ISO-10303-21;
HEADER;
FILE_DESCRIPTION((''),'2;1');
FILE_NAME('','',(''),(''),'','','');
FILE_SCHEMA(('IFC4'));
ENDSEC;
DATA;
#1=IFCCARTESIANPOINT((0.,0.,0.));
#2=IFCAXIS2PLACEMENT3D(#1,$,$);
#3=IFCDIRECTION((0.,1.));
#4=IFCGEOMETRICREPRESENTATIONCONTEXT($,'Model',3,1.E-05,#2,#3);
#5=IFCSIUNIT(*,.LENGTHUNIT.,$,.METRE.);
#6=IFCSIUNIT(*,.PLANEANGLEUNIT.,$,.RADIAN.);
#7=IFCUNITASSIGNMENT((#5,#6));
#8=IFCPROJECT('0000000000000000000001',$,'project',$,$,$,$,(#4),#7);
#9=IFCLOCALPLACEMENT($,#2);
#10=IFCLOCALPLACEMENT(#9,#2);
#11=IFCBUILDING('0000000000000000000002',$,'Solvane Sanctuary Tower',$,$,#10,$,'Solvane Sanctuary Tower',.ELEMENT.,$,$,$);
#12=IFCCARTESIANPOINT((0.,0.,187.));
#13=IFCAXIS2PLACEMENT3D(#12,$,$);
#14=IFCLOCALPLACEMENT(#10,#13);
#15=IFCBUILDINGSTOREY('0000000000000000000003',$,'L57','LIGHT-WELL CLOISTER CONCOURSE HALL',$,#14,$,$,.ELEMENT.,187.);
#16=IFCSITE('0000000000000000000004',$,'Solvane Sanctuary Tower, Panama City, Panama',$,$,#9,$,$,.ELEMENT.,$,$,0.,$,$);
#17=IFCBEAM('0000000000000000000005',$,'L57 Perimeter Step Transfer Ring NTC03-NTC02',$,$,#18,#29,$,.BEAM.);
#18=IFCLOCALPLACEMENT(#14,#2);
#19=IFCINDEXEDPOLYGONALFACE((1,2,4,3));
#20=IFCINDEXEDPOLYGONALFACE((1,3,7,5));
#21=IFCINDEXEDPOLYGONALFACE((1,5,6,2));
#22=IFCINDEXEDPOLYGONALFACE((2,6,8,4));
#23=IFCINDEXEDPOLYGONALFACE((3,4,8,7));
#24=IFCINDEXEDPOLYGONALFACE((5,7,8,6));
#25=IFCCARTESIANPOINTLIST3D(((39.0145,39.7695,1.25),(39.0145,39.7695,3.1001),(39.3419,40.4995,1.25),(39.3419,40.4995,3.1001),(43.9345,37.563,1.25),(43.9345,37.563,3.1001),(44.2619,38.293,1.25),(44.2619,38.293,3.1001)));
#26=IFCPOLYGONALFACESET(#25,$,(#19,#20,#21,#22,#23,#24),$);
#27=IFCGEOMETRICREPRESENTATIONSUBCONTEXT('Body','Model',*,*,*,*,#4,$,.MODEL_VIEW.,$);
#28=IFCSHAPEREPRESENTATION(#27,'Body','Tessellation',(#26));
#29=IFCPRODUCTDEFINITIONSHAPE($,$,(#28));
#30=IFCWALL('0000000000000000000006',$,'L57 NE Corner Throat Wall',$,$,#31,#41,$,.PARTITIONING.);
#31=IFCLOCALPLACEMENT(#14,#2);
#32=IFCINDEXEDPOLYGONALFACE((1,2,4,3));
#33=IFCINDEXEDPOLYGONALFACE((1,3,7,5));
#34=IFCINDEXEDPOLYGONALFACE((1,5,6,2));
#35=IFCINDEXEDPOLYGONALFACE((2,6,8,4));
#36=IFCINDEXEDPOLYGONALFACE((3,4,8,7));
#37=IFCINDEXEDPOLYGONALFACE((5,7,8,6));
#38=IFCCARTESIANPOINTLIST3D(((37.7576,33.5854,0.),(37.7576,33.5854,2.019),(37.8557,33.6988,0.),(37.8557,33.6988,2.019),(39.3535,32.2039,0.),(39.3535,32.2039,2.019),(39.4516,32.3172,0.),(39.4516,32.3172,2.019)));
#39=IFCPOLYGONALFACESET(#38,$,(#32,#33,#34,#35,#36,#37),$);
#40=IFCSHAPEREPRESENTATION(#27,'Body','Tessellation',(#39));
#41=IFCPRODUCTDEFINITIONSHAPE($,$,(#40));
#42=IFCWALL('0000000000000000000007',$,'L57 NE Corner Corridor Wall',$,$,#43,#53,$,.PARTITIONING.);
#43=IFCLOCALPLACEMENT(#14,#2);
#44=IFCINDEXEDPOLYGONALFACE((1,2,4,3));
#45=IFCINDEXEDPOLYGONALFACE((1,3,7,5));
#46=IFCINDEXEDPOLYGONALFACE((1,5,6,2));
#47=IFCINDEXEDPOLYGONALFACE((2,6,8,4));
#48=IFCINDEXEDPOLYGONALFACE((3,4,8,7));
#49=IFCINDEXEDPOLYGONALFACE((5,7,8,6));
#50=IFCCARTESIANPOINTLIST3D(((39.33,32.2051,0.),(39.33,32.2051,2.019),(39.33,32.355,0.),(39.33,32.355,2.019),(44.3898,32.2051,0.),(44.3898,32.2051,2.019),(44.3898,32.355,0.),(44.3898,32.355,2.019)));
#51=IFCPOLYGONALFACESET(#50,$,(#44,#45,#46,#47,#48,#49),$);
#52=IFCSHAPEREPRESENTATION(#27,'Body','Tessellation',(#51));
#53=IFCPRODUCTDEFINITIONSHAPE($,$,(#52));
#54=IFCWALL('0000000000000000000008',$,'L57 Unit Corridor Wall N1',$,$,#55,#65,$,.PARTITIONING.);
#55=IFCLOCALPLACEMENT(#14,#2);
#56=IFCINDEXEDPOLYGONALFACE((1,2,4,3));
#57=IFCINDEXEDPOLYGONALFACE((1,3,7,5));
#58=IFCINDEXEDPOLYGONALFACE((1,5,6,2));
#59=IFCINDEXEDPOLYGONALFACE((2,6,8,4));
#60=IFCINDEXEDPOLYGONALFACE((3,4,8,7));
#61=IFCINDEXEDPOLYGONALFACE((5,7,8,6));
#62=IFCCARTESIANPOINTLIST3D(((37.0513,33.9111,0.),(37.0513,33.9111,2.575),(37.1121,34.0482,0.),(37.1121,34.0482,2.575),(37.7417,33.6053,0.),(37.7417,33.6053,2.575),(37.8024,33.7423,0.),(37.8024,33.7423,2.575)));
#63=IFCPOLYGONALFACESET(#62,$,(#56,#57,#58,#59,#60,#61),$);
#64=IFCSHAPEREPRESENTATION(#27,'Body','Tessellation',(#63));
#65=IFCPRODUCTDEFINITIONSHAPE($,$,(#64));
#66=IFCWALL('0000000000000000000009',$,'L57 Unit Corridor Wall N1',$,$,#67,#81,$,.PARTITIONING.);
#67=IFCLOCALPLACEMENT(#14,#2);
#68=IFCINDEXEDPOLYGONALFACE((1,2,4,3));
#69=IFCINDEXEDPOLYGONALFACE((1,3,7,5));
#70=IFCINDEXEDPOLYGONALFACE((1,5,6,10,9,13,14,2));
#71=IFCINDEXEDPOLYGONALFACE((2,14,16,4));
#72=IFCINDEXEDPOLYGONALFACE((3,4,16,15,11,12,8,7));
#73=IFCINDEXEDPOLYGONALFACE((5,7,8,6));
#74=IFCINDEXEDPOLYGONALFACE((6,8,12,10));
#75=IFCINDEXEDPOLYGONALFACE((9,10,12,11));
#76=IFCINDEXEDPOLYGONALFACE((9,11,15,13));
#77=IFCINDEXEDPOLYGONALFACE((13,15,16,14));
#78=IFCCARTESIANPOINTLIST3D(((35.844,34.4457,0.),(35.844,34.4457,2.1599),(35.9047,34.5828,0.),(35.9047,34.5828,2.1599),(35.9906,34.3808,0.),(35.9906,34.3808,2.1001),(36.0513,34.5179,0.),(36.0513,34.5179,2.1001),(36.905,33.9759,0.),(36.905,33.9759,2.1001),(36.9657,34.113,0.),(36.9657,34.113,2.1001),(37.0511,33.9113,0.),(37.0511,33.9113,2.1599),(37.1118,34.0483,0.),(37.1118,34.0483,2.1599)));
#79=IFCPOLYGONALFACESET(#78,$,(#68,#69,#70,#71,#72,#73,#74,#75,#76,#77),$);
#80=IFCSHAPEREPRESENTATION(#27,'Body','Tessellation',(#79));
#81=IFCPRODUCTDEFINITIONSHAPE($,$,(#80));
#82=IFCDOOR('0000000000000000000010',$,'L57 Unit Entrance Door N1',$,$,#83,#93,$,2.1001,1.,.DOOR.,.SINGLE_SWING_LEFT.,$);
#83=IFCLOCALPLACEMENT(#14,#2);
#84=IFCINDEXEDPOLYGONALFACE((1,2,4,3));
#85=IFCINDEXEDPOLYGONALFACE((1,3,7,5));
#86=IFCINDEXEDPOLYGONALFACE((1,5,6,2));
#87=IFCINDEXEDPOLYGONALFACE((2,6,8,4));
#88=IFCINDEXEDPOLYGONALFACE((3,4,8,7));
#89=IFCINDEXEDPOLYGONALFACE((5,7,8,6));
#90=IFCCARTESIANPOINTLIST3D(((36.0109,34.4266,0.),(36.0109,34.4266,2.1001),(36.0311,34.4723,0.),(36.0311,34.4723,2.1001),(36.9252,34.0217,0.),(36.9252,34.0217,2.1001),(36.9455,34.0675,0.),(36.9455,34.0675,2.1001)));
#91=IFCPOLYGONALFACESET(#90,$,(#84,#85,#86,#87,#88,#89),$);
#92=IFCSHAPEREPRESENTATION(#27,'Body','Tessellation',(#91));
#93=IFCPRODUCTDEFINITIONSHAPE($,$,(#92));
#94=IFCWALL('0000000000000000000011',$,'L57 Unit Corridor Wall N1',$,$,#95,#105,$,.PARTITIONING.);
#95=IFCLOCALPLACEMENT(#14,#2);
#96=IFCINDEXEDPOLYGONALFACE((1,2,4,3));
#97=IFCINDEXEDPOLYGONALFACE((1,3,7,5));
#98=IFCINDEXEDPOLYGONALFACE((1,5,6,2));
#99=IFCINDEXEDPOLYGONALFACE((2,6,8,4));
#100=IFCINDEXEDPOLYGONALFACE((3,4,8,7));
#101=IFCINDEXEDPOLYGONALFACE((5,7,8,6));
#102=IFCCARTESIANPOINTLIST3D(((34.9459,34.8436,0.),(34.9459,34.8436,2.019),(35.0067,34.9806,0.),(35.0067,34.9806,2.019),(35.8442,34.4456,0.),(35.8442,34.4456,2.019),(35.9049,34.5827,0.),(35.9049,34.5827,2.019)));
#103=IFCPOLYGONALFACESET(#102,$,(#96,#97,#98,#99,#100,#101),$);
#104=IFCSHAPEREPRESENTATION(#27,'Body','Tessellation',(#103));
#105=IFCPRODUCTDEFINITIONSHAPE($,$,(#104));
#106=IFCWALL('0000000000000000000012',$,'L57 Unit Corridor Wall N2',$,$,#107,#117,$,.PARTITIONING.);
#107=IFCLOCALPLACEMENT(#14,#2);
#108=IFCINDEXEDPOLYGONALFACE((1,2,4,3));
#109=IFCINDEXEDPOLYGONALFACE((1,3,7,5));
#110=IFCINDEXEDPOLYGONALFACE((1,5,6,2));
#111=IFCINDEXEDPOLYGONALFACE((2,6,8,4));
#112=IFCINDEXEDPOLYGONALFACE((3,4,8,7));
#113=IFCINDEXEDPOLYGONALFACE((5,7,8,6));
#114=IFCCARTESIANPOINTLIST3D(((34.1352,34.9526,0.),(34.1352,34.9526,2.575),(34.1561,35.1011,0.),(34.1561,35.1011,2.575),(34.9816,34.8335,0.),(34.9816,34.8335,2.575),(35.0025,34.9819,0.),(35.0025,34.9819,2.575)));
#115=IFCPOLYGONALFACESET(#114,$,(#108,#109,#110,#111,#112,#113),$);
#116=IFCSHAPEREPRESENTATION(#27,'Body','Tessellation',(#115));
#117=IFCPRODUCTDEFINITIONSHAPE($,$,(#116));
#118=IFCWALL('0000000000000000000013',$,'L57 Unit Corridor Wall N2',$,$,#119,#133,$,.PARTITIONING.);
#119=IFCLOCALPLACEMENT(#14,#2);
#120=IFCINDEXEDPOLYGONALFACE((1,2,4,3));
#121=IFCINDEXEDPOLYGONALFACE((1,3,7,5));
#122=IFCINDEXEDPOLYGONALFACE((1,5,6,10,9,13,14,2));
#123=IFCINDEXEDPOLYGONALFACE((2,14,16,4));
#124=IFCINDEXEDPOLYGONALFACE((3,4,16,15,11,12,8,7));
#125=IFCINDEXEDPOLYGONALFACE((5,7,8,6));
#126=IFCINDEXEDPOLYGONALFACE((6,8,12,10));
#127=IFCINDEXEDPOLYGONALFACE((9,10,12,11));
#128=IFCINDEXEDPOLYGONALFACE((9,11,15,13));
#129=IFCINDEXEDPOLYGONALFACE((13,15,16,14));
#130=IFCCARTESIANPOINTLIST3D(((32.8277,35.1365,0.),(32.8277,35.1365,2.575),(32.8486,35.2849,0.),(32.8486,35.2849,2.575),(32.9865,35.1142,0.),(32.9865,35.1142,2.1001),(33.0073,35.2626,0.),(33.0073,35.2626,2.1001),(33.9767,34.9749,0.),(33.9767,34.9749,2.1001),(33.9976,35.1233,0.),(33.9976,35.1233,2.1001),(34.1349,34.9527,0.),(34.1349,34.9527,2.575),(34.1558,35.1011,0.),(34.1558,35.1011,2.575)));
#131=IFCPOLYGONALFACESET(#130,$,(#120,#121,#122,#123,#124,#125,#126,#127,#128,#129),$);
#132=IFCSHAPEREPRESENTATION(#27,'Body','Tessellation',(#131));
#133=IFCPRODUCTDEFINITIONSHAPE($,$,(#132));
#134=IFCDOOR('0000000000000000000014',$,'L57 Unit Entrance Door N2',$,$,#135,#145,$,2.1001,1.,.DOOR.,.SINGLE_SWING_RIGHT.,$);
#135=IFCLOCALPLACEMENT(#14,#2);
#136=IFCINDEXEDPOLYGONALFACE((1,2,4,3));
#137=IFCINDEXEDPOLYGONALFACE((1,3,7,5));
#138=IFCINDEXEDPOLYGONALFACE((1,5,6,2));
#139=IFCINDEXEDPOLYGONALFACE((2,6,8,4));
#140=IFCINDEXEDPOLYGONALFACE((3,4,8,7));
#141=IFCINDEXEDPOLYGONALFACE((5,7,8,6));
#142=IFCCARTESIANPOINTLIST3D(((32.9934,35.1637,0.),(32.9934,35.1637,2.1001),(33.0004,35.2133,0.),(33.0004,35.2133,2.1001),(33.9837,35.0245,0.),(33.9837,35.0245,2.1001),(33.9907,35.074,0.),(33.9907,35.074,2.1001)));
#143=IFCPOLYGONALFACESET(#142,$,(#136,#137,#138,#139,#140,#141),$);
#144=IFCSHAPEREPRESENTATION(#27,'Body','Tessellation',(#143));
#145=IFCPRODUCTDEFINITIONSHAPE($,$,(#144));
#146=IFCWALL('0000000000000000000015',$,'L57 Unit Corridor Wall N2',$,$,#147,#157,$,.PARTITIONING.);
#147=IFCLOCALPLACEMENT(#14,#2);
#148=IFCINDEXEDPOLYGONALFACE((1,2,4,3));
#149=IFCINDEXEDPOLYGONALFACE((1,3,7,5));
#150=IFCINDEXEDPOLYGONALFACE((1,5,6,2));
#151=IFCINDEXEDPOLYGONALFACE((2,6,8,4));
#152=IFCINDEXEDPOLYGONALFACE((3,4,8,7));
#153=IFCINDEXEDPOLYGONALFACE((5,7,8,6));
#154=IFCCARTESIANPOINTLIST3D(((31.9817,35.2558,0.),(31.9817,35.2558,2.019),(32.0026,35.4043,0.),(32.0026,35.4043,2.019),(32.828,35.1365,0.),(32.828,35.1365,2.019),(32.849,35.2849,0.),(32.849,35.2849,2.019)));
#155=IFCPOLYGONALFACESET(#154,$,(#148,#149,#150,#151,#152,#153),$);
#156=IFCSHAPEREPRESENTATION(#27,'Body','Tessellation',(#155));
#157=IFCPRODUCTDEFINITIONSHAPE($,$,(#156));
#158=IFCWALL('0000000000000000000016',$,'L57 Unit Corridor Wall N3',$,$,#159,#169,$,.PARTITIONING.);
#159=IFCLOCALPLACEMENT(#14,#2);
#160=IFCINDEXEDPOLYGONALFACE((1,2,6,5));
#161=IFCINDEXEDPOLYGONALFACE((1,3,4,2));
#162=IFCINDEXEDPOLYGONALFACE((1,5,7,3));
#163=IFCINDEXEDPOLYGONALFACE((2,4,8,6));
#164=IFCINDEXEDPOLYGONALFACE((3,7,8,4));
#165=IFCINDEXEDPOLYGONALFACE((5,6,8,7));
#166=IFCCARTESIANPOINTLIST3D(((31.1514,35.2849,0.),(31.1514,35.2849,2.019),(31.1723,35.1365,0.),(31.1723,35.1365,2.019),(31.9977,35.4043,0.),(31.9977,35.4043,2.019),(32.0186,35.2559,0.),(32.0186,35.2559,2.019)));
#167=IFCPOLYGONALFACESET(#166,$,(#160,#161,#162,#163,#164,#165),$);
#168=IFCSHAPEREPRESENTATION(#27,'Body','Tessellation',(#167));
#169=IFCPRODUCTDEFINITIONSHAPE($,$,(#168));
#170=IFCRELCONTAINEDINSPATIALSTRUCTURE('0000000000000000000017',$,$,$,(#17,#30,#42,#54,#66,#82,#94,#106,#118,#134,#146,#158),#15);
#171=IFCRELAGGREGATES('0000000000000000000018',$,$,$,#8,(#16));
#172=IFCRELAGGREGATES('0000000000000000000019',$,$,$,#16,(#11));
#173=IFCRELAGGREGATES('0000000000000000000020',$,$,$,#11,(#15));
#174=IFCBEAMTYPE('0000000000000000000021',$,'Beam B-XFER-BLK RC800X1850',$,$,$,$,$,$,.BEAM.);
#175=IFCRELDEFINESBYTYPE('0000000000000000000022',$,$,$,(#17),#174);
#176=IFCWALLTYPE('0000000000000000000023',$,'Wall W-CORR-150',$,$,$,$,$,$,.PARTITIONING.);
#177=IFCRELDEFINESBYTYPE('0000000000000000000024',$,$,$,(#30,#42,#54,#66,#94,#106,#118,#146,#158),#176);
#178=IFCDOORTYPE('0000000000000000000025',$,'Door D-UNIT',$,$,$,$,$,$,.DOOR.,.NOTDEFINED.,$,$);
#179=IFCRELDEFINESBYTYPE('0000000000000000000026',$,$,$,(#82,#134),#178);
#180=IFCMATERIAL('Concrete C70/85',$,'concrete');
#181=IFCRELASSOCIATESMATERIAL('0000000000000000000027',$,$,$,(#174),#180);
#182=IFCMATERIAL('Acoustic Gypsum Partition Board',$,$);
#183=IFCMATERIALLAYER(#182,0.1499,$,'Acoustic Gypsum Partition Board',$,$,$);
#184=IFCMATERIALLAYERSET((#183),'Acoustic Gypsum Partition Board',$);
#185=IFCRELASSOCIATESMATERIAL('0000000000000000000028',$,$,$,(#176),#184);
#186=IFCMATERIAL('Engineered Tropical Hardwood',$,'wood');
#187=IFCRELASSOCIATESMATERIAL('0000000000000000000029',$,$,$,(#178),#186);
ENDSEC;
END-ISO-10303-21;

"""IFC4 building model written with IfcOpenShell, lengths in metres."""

from ifc_helpers import new_model, si_unit, direction, frame, frame_2d, origin, origin_2d, place, context, subcontext, project, spatial, rectangle, extrude, material, layer, layer_set, material_profile, profile_set, type_object, element, fill, save


model = new_model("IFC4")

# Units and contexts
model_context = context("Model", 3, precision=1e-05, world=origin(), true_north=direction((0.0, 1.0)))
body_context = subcontext(model_context, "Body", "Model", "MODEL_VIEW")
ifc_project = project(units=[si_unit("LENGTHUNIT", "METRE"), si_unit("PLANEANGLEUNIT", "RADIAN")], contexts=[model_context])

# Site, building, storey
site_placement = place(None, origin())
site = spatial("IfcSite", under=ifc_project, at=site_placement, Name="Solvane Sanctuary Tower, Panama City, Panama", CompositionType="ELEMENT", RefElevation=0.0)
building_placement = place(site_placement, origin())
building = spatial("IfcBuilding", under=site, at=building_placement, Name="Solvane Sanctuary Tower", LongName="Solvane Sanctuary Tower", CompositionType="ELEMENT")
storey_placement = place(building_placement, frame((0.0, 0.0, 187.0)))
storey = spatial("IfcBuildingStorey", under=building, at=storey_placement, Name="L57", Description="LIGHT-WELL CLOISTER CONCOURSE HALL", CompositionType="ELEMENT", Elevation=187.0)

# Beam
ifc_material_1 = material(Name="Concrete C70/85", Category="concrete")
ifc_material_profile_1 = material_profile(ifc_material_1, rectangle(XDim=0.8, YDim=1.8501, at=origin_2d()), Name="RC800X1850")
ifc_profile_set_1 = profile_set([ifc_material_profile_1], Name="Concrete C70/85")
beam_type_1 = type_object("IfcBeamType", Name="Beam B-XFER-BLK RC800X1850", PredefinedType="BEAM", material=ifc_profile_set_1)
beam_1_placement = place(storey_placement, frame((39.1782, 40.1345, 2.175), z_axis=(0.912436, -0.40922, 0.0), x_axis=(0.40922, 0.912436, 0.0)))
element("IfcBeam", 1, at=beam_1_placement, inside=storey, type_object=beam_type_1, Name="L57 Perimeter Step Transfer Ring NTC03-NTC02", PredefinedType="BEAM", context=body_context, shape_type="SweptSolid", body=[
    extrude(rectangle(XDim=0.8, YDim=1.8501, at=origin_2d()), origin(), (0.0, 0.0, 1.0), 5.3921),
])

# Walls
ifc_material_2 = material(Name="Acoustic Gypsum Partition Board")
ifc_layer_1 = layer(ifc_material_2, 0.1499, Name="Acoustic Gypsum Partition Board")
ifc_layer_set_1 = layer_set([ifc_layer_1], Name="Acoustic Gypsum Partition Board")
wall_type_1 = type_object("IfcWallType", Name="Wall W-CORR-150", PredefinedType="PARTITIONING", material=ifc_layer_set_1)
wall_1_placement = place(storey_placement, frame((37.8066, 33.6421, 0.0), z_axis=(0.0, 0.0, 1.0), x_axis=(0.756055, -0.654508, 0.0)))
element("IfcWall", 2, at=wall_1_placement, inside=storey, type_object=wall_type_1, Name="L57 NE Corner Throat Wall", PredefinedType="PARTITIONING", context=body_context, shape_type="SweptSolid", body=[
    extrude(rectangle(XDim=2.1108, YDim=0.1499, at=frame_2d((1.0554, 0.0))), origin(), (0.0, 0.0, 1.0), 2.019),
])
wall_2_placement = place(storey_placement, frame((39.3301, 32.28, 0.0), z_axis=(0.0, 0.0, 1.0), x_axis=(1.0, 0.0, 0.0)))
element("IfcWall", 3, at=wall_2_placement, inside=storey, type_object=wall_type_1, Name="L57 NE Corner Corridor Wall", PredefinedType="PARTITIONING", context=body_context, shape_type="SweptSolid", body=[
    extrude(rectangle(XDim=5.0598, YDim=0.1499, at=frame_2d((2.5298, 0.0))), origin(), (0.0, 0.0, 1.0), 2.019),
])
wall_3_placement = place(storey_placement, frame((37.772, 33.6738, 0.0), z_axis=(0.0, 0.0, 1.0), x_axis=(-0.914278, 0.405088, 0.0)))
element("IfcWall", 4, at=wall_3_placement, inside=storey, type_object=wall_type_1, Name="L57 Unit Corridor Wall N1", PredefinedType="PARTITIONING", context=body_context, shape_type="SweptSolid", body=[
    extrude(rectangle(XDim=0.7551, YDim=0.1499, at=frame_2d((0.3774, 0.0))), origin(), (0.0, 0.0, 1.0), 2.575),
])

# Wall, opening, door
wall_4_placement = place(storey_placement, frame((37.0815, 33.9797, 0.0), z_axis=(0.0, 0.0, 1.0), x_axis=(-0.914383, 0.404851, 0.0)))
wall_4 = element("IfcWall", 5, at=wall_4_placement, inside=storey, type_object=wall_type_1, Name="L57 Unit Corridor Wall N1", PredefinedType="PARTITIONING", context=body_context, shape_type="SweptSolid", body=[
    extrude(rectangle(XDim=1.3201, YDim=0.1499, at=frame_2d((0.6602, 0.0))), origin(), (0.0, 0.0, 1.0), 2.1599),
])
opening_1_placement = place(wall_4_placement, frame((0.1599, 0.0, 0.0)))
opening_1 = element("IfcOpeningElement", 6, at=opening_1_placement, cuts=wall_4, PredefinedType="OPENING", context=body_context, shape_type="SweptSolid", body=[
    extrude(rectangle(XDim=1.0, YDim=2.1001, at=frame_2d((0.5, 1.05))), frame((0.0, 0.085, 0.0), z_axis=(0.0, -1.0, 0.0), x_axis=(1.0, 0.0, 0.0)), (0.0, 0.0, 1.0), 0.1699),
])
ifc_material_3 = material(Name="Engineered Tropical Hardwood", Category="wood")
door_type = type_object("IfcDoorType", Name="Door D-UNIT", OperationType="NOTDEFINED", PredefinedType="DOOR", material=ifc_material_3)
door_1_placement = place(opening_1_placement, origin())
door_1 = element("IfcDoor", 7, at=door_1_placement, inside=storey, type_object=door_type, Name="L57 Unit Entrance Door N1", OperationType="SINGLE_SWING_LEFT", OverallHeight=2.1001, OverallWidth=1.0, PredefinedType="DOOR", context=body_context, shape_type="SweptSolid", body=[
    extrude(rectangle(XDim=1.0, YDim=2.1001, at=frame_2d((0.5, 1.05))), frame((0.0, 0.0249, 0.0), z_axis=(0.0, -1.0, 0.0), x_axis=(1.0, 0.0, 0.0)), (0.0, 0.0, 1.0), 0.05),
])
fill(opening_1, door_1)

# Walls
wall_5_placement = place(storey_placement, frame((35.8745, 34.5142, 0.0), z_axis=(0.0, 0.0, 1.0), x_axis=(-0.914282, 0.405078, 0.0)))
element("IfcWall", 8, at=wall_5_placement, inside=storey, type_object=wall_type_1, Name="L57 Unit Corridor Wall N1", PredefinedType="PARTITIONING", context=body_context, shape_type="SweptSolid", body=[
    extrude(rectangle(XDim=0.9824, YDim=0.1499, at=frame_2d((0.4912, 0.0))), origin(), (0.0, 0.0, 1.0), 2.019),
])
wall_6_placement = place(storey_placement, frame((34.9919, 34.9077, 0.0), z_axis=(0.0, 0.0, 1.0), x_axis=(-0.990239, 0.139382, 0.0)))
element("IfcWall", 9, at=wall_6_placement, inside=storey, type_object=wall_type_1, Name="L57 Unit Corridor Wall N2", PredefinedType="PARTITIONING", context=body_context, shape_type="SweptSolid", body=[
    extrude(rectangle(XDim=0.8547, YDim=0.1499, at=frame_2d((0.4272, 0.0))), origin(), (0.0, 0.0, 1.0), 2.575),
])

# Wall, opening, door
wall_7_placement = place(storey_placement, frame((34.1455, 35.0269, 0.0), z_axis=(0.0, 0.0, 1.0), x_axis=(-0.990254, 0.139272, 0.0)))
wall_7 = element("IfcWall", 10, at=wall_7_placement, inside=storey, type_object=wall_type_1, Name="L57 Unit Corridor Wall N2", PredefinedType="PARTITIONING", context=body_context, shape_type="SweptSolid", body=[
    extrude(rectangle(XDim=1.3201, YDim=0.1499, at=frame_2d((0.6602, 0.0))), origin(), (0.0, 0.0, 1.0), 2.575),
])
opening_2_placement = place(wall_7_placement, frame((0.1599, 0.0, 0.0)))
opening_2 = element("IfcOpeningElement", 11, at=opening_2_placement, cuts=wall_7, PredefinedType="OPENING", context=body_context, shape_type="SweptSolid", body=[
    extrude(rectangle(XDim=1.0, YDim=2.1001, at=frame_2d((0.5, 1.05))), frame((0.0, 0.085, 0.0), z_axis=(0.0, -1.0, 0.0), x_axis=(1.0, 0.0, 0.0)), (0.0, 0.0, 1.0), 0.1699),
])
door_2_placement = place(opening_2_placement, origin())
door_2 = element("IfcDoor", 12, at=door_2_placement, inside=storey, type_object=door_type, Name="L57 Unit Entrance Door N2", OperationType="SINGLE_SWING_RIGHT", OverallHeight=2.1001, OverallWidth=1.0, PredefinedType="DOOR", context=body_context, shape_type="SweptSolid", body=[
    extrude(rectangle(XDim=1.0, YDim=2.1001, at=frame_2d((0.5, 1.05))), frame((0.0, 0.0249, 0.0), z_axis=(0.0, -1.0, 0.0), x_axis=(1.0, 0.0, 0.0)), (0.0, 0.0, 1.0), 0.05),
])
fill(opening_2, door_2)

# Walls
for number, where, z_axis, x_axis, name in (
    (13, (32.8384, 35.2107, 0.0), (0.0, 0.0, 1.0), (-0.990199, 0.139662, 0.0), "L57 Unit Corridor Wall N2"),
    (14, (32.0081, 35.3301, 0.0), (0.0, 0.0, 1.0), (-0.990199, -0.139662, 0.0), "L57 Unit Corridor Wall N3"),
):
    element("IfcWall", number, at=place(storey_placement, frame(where, z_axis=z_axis, x_axis=x_axis)), inside=storey, type_object=wall_type_1, Name=name, PredefinedType="PARTITIONING", context=body_context, shape_type="SweptSolid", body=[
        extrude(rectangle(XDim=0.8547, YDim=0.1499, at=frame_2d((0.4272, 0.0))), origin(), (0.0, 0.0, 1.0), 2.019),
    ])

save(model, "model.ifc")
